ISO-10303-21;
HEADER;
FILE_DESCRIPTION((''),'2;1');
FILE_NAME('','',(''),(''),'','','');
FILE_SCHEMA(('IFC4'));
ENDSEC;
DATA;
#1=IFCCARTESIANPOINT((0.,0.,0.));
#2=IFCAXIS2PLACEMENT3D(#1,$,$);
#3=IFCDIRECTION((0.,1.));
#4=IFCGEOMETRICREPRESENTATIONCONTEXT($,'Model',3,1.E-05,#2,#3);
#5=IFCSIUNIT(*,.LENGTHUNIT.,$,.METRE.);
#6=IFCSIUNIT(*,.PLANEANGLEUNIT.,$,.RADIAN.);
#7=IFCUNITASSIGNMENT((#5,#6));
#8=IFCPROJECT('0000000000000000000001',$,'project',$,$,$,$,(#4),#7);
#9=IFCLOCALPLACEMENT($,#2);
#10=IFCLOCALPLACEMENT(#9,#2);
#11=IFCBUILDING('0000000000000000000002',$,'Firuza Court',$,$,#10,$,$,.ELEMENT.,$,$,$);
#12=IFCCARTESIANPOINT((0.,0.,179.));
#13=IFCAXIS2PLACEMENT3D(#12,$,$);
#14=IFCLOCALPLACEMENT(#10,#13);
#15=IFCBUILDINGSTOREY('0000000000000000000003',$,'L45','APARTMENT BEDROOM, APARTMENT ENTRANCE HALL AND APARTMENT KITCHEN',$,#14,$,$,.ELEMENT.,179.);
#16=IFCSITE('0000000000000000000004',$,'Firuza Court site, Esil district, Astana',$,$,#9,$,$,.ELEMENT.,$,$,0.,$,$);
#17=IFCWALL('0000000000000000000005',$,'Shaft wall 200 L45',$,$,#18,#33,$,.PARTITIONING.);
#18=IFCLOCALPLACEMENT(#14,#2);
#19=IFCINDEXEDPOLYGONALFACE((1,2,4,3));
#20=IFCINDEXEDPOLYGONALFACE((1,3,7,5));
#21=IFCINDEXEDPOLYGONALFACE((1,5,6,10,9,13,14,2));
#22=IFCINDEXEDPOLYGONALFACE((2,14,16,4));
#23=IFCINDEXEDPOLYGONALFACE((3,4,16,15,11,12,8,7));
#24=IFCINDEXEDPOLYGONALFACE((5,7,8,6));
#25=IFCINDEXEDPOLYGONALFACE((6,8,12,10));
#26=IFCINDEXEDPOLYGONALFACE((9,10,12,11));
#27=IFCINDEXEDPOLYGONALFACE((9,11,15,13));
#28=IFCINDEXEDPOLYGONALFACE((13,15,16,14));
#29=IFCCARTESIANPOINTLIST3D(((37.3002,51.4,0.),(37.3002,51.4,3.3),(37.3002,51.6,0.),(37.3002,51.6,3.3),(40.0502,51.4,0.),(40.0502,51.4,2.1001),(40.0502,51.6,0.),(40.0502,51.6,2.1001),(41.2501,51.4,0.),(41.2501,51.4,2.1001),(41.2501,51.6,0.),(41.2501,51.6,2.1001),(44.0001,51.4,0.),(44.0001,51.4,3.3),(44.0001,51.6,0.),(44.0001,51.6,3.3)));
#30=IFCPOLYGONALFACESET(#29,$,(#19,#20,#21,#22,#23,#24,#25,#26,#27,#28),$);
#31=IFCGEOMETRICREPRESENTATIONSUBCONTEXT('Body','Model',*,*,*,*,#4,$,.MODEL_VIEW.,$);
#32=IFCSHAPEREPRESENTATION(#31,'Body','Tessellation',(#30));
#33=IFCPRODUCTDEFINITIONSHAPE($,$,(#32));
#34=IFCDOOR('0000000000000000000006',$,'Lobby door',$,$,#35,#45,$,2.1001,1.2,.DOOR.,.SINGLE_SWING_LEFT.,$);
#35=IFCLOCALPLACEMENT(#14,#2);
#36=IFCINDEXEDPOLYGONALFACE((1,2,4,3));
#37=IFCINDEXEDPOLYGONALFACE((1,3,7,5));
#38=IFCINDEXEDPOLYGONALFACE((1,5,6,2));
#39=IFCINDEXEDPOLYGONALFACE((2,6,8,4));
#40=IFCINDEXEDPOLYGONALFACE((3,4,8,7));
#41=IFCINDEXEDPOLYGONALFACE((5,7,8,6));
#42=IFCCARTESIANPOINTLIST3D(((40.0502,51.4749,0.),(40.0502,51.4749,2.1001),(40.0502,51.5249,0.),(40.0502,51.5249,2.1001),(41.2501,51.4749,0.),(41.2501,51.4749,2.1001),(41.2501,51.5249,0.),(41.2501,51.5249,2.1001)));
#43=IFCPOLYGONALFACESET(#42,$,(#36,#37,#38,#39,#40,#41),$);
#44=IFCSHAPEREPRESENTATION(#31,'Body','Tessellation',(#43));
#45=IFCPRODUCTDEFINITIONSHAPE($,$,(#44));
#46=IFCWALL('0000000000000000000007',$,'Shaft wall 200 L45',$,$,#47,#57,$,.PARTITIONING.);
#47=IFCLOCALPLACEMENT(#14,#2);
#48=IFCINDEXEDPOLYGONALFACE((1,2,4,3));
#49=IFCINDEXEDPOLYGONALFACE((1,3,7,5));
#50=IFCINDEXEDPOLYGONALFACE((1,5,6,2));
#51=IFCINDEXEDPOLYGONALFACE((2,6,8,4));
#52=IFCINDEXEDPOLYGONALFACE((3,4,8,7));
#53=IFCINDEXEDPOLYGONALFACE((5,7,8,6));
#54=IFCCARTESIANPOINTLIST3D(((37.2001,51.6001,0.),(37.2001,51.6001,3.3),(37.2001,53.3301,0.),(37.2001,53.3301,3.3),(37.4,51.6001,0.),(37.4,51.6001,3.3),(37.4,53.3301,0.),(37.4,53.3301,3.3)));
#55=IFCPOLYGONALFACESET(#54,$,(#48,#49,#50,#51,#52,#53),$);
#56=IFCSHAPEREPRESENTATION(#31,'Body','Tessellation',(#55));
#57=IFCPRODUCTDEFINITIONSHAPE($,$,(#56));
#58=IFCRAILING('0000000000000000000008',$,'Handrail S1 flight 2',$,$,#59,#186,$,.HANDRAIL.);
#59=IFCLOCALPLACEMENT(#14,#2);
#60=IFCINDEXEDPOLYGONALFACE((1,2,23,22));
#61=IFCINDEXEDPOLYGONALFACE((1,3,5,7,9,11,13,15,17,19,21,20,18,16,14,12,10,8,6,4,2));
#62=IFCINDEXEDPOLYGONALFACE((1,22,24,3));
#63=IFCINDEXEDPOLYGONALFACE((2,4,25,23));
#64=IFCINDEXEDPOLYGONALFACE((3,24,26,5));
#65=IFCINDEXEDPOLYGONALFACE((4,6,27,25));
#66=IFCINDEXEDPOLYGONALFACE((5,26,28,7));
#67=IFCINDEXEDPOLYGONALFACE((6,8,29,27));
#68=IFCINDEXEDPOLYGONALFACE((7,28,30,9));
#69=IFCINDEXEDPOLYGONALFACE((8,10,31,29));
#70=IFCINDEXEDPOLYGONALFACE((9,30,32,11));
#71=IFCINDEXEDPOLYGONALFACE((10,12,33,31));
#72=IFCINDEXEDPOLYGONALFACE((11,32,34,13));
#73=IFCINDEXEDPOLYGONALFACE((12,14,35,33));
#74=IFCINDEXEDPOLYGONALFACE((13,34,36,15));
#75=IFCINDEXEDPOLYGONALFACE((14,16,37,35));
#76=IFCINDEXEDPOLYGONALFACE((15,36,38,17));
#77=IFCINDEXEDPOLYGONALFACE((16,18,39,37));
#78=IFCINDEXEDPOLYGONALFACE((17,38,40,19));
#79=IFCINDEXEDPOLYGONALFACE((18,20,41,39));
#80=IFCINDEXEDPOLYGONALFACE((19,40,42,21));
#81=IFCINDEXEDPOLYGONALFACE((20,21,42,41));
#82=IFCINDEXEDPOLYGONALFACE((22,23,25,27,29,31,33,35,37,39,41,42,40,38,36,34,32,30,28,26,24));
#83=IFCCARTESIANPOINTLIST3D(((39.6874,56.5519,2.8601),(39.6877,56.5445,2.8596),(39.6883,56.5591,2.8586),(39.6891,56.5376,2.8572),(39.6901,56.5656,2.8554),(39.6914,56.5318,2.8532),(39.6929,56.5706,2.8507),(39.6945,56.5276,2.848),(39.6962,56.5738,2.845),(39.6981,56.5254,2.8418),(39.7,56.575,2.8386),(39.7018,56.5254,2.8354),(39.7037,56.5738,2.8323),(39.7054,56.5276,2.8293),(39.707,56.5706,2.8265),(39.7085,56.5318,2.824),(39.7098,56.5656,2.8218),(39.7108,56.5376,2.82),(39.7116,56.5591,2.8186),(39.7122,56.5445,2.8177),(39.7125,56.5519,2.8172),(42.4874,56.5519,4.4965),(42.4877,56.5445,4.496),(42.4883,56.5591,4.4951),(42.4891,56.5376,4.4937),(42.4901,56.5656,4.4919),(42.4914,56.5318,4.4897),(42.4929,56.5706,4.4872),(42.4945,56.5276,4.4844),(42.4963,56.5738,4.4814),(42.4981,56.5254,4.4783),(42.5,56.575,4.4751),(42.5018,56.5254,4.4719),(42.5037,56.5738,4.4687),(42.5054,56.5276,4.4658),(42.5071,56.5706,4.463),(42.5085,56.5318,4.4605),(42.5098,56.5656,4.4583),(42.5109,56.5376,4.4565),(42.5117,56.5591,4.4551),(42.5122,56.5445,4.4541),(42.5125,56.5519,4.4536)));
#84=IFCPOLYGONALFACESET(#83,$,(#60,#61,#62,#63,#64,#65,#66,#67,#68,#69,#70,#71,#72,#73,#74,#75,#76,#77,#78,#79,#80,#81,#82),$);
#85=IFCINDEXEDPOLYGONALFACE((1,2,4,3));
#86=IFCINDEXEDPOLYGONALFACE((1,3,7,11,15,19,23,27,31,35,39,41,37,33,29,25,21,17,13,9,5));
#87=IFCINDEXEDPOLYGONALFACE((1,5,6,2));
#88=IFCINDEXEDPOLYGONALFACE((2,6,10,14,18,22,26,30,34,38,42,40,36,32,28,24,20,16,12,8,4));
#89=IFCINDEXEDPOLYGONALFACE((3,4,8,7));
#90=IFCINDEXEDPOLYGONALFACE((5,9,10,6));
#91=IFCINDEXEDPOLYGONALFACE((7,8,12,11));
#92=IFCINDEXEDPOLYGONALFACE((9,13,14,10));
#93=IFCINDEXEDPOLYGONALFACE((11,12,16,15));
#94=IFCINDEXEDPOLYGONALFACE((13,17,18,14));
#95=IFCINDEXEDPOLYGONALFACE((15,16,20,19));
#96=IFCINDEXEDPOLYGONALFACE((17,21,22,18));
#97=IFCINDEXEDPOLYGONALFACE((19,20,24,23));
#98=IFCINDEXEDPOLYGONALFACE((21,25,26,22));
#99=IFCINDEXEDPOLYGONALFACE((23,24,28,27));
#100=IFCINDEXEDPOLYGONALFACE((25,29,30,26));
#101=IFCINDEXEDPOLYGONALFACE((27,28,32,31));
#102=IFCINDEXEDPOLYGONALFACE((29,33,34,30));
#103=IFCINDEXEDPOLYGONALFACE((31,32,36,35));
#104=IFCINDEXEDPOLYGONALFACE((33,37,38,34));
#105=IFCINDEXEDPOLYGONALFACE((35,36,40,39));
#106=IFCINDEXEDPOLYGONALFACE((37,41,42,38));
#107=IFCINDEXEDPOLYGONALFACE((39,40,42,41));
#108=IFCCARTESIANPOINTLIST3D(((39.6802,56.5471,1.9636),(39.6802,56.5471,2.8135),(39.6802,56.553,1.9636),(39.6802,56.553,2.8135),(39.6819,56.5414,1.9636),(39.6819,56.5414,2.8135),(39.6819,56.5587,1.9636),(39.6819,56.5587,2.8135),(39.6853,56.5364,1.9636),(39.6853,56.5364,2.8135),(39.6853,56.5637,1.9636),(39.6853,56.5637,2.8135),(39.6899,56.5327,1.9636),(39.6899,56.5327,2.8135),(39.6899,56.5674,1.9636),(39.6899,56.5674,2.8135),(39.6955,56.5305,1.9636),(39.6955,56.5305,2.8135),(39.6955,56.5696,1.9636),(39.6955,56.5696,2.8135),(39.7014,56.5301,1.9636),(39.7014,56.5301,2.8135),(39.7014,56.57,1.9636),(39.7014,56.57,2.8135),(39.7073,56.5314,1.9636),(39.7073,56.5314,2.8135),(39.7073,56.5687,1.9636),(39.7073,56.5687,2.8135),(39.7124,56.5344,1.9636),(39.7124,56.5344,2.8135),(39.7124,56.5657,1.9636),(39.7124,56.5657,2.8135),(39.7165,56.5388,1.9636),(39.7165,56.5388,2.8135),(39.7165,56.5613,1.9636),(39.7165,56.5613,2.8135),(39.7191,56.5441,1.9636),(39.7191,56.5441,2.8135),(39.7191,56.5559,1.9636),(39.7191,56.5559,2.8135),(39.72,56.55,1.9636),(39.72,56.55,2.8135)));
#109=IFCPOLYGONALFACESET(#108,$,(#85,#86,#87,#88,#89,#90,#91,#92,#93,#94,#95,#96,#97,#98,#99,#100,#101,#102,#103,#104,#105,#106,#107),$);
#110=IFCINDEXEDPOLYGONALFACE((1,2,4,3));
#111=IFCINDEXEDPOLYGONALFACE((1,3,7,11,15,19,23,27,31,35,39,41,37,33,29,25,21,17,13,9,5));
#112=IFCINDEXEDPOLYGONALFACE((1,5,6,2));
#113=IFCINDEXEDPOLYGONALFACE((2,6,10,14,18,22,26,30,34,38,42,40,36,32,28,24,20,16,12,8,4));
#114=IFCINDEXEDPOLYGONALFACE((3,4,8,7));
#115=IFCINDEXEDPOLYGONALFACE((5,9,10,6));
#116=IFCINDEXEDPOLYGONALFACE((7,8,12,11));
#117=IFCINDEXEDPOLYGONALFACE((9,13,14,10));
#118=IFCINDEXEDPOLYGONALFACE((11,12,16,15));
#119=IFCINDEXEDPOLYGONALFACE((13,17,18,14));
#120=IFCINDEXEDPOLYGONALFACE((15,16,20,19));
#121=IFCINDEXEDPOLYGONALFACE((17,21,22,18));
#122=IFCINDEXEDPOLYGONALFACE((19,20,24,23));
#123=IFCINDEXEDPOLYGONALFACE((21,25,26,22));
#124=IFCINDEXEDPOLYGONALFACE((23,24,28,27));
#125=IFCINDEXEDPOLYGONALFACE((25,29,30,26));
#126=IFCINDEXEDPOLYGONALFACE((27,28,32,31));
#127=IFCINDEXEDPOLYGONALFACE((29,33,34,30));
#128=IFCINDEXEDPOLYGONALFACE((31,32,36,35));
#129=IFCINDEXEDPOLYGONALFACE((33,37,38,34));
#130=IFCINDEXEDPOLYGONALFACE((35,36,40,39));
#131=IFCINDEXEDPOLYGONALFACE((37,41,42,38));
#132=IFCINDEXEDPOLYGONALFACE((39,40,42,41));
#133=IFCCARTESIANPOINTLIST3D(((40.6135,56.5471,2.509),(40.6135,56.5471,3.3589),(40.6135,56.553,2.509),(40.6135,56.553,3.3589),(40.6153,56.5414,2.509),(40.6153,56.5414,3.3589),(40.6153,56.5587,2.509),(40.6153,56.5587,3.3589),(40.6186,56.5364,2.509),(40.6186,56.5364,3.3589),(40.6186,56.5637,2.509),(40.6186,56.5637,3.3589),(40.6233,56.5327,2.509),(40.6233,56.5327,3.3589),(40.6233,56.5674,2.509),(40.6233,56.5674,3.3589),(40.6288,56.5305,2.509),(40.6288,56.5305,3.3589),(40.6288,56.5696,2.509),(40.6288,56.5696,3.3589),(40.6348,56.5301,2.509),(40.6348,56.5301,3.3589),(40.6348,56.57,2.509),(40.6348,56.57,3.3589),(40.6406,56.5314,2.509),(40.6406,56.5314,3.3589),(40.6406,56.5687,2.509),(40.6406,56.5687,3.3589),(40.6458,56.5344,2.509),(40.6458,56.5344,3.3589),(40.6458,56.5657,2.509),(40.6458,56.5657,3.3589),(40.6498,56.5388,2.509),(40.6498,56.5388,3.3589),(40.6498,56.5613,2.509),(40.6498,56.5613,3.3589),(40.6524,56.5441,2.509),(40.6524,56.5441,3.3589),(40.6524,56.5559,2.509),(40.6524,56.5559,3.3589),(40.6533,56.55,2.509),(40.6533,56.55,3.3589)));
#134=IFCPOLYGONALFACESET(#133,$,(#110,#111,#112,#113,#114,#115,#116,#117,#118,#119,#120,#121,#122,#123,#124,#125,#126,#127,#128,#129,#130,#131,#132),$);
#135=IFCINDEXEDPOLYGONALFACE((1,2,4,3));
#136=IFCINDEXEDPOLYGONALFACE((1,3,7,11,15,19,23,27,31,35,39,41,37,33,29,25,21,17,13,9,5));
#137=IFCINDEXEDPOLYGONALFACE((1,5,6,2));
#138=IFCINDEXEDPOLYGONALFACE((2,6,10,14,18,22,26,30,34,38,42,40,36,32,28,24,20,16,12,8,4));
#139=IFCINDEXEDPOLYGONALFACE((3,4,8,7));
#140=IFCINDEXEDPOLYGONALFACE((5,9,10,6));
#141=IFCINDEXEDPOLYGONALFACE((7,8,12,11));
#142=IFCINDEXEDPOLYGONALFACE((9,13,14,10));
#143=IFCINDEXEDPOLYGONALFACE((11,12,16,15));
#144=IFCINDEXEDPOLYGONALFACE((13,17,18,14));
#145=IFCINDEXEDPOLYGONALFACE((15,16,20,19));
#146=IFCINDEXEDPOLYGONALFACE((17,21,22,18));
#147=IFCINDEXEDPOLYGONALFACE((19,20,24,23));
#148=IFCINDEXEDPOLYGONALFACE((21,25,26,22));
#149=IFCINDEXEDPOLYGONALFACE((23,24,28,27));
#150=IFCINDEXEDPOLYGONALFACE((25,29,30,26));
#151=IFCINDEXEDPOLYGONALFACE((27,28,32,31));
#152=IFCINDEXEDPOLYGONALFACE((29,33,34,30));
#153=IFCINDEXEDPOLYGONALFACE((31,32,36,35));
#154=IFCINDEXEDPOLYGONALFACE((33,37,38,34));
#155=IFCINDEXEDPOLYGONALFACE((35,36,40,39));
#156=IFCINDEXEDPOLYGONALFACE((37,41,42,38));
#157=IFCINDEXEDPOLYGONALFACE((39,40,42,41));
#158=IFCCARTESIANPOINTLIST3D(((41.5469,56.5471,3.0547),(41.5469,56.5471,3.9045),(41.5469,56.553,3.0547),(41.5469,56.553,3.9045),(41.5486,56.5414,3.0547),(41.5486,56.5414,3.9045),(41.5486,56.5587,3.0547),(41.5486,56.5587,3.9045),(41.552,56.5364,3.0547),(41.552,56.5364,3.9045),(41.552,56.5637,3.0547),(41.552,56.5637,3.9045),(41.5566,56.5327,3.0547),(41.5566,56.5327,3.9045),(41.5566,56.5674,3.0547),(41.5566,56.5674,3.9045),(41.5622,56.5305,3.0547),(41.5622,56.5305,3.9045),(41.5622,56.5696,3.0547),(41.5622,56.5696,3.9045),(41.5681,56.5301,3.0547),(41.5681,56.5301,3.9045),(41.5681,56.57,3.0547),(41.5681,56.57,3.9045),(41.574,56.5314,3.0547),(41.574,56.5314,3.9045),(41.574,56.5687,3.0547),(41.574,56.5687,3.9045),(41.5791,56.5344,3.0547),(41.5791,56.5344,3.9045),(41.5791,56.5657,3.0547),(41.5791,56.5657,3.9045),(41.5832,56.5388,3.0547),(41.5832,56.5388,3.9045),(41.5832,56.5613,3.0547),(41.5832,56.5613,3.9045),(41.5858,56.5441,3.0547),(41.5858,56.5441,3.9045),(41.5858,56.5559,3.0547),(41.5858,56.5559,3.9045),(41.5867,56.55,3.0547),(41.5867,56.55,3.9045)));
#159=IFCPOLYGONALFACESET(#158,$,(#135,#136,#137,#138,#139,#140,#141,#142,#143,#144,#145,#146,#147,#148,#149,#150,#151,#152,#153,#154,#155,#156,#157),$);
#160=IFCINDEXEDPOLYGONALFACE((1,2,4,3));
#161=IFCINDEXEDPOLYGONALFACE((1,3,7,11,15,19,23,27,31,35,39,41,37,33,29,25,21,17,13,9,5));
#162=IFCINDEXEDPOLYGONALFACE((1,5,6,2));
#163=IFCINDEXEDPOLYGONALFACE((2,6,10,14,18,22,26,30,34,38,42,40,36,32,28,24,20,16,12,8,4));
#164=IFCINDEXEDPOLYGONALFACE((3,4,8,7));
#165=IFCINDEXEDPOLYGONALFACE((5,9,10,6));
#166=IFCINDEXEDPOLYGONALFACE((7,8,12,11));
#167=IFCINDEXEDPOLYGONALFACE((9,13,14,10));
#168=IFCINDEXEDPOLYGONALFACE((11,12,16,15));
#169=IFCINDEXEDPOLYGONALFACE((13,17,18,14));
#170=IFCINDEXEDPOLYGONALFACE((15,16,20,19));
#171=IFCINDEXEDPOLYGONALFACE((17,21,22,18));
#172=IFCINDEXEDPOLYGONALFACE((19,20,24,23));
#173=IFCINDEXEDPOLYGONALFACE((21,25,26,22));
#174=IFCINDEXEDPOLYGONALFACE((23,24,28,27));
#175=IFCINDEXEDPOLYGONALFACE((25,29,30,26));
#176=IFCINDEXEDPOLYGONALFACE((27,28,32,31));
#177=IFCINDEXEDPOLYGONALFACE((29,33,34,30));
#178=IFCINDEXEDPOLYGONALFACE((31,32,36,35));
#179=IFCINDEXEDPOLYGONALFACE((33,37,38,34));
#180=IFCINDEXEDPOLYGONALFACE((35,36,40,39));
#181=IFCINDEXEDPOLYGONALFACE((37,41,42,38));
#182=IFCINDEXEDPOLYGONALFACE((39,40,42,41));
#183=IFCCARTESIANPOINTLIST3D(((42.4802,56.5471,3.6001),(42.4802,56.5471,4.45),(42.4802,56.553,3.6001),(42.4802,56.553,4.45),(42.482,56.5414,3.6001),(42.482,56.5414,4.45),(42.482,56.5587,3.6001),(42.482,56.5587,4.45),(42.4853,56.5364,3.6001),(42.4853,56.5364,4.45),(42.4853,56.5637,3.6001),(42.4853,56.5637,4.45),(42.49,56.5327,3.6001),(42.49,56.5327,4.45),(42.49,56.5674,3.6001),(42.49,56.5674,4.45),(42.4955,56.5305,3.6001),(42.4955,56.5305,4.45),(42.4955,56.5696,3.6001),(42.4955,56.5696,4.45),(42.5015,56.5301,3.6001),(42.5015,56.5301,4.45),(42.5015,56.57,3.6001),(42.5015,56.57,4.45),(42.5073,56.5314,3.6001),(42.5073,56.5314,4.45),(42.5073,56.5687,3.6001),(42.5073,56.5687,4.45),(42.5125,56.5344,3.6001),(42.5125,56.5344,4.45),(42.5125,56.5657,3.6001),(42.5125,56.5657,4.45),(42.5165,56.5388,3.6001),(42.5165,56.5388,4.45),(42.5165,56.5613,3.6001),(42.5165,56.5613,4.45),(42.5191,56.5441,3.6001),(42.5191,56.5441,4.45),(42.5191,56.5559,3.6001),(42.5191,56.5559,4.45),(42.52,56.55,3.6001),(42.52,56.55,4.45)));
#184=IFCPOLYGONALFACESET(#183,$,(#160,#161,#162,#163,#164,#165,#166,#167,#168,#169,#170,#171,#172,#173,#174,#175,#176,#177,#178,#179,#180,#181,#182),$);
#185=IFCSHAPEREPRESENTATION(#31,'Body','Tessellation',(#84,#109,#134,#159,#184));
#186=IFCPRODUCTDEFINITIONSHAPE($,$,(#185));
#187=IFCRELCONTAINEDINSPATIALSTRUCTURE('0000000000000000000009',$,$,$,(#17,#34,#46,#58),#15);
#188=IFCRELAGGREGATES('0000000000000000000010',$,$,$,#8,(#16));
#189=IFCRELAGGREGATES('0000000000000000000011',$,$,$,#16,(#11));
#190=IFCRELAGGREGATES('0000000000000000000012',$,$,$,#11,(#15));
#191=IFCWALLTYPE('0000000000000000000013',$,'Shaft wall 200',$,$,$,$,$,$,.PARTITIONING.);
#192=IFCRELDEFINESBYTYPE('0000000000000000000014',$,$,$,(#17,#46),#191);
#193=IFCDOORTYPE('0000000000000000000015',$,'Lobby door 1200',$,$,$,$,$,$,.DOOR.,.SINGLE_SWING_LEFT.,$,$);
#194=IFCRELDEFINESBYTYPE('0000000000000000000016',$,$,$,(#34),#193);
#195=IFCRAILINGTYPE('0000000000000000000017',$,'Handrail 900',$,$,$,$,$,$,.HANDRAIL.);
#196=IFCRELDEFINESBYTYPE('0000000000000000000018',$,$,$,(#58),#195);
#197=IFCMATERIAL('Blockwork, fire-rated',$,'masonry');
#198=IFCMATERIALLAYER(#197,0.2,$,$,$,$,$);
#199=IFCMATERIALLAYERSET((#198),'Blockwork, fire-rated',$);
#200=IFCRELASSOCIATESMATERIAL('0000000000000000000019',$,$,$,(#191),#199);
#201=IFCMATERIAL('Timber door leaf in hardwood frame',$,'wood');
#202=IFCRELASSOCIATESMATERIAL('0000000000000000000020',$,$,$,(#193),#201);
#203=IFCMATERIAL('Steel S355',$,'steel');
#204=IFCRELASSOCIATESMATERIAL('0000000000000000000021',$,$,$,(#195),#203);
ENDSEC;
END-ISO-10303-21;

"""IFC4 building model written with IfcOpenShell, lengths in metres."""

from ifc_helpers import new_model, si_unit, direction, frame, frame_2d, origin, origin_2d, place, context, subcontext, project, spatial, rectangle, circle, extrude, material, layer, layer_set, type_object, element, fill, save


model = new_model("IFC4")

# Units and contexts
model_context = context("Model", 3, precision=1e-05, world=origin(), true_north=direction((0.0, 1.0)))
body_context = subcontext(model_context, "Body", "Model", "MODEL_VIEW")
ifc_project = project(units=[si_unit("LENGTHUNIT", "METRE"), si_unit("PLANEANGLEUNIT", "RADIAN")], contexts=[model_context])

# Site, building, storey
site_placement = place(None, origin())
site = spatial("IfcSite", under=ifc_project, at=site_placement, Name="Firuza Court site, Esil district, Astana", CompositionType="ELEMENT", RefElevation=0.0)
building_placement = place(site_placement, origin())
building = spatial("IfcBuilding", under=site, at=building_placement, Name="Firuza Court", CompositionType="ELEMENT")
storey_placement = place(building_placement, frame((0.0, 0.0, 179.0)))
storey = spatial("IfcBuildingStorey", under=building, at=storey_placement, Name="L45", Description="APARTMENT BEDROOM, APARTMENT ENTRANCE HALL AND APARTMENT KITCHEN", CompositionType="ELEMENT", Elevation=179.0)

# Shared definitions
ifc_material_1 = material(Name="Blockwork, fire-rated", Category="masonry")

# Wall, opening, door
ifc_layer_1 = layer(ifc_material_1, 0.2)
ifc_layer_set_1 = layer_set([ifc_layer_1], Name="Blockwork, fire-rated")
wall_type_1 = type_object("IfcWallType", Name="Shaft wall 200", PredefinedType="PARTITIONING", material=ifc_layer_set_1)
wall_1_placement = place(storey_placement, frame((37.3, 51.5, 0.0), z_axis=(0.0, 0.0, 1.0), x_axis=(1.0, 0.0, 0.0)))
wall_1 = element("IfcWall", 1, at=wall_1_placement, inside=storey, type_object=wall_type_1, Name="Shaft wall 200 L45", PredefinedType="PARTITIONING", context=body_context, shape_type="SweptSolid", body=[
    extrude(rectangle(XDim=6.7, YDim=0.2, at=frame_2d((3.3501, 0.0))), origin(), (0.0, 0.0, 1.0), 3.3),
])
opening_1_placement = place(wall_1_placement, frame((2.75, 0.0, 0.0)))
opening_1 = element("IfcOpeningElement", 2, at=opening_1_placement, cuts=wall_1, PredefinedType="OPENING", context=body_context, shape_type="SweptSolid", body=[
    extrude(rectangle(XDim=1.2, YDim=2.1001, at=frame_2d((0.6001, 1.05))), frame((0.0, 0.1118, 0.0), z_axis=(0.0, -1.0, 0.0), x_axis=(1.0, 0.0, 0.0)), (0.0, 0.0, 1.0), 0.2239),
])
ifc_material_2 = material(Name="Timber door leaf in hardwood frame", Category="wood")
door_type_1 = type_object("IfcDoorType", Name="Lobby door 1200", OperationType="SINGLE_SWING_LEFT", PredefinedType="DOOR", material=ifc_material_2)
door_1_placement = place(opening_1_placement, origin())
door_1 = element("IfcDoor", 3, at=door_1_placement, inside=storey, type_object=door_type_1, Name="Lobby door", OperationType="SINGLE_SWING_LEFT", OverallHeight=2.1001, OverallWidth=1.2, PredefinedType="DOOR", context=body_context, shape_type="SweptSolid", body=[
    extrude(rectangle(XDim=1.2, YDim=2.1001, at=frame_2d((0.6001, 1.05))), frame((0.0, 0.0249, 0.0), z_axis=(0.0, -1.0, 0.0), x_axis=(1.0, 0.0, 0.0)), (0.0, 0.0, 1.0), 0.05),
])
fill(opening_1, door_1)

# Wall
wall_2_placement = place(storey_placement, frame((37.3, 51.6001, 0.0), z_axis=(0.0, 0.0, 1.0), x_axis=(0.0, 1.0, 0.0)))
element("IfcWall", 4, at=wall_2_placement, inside=storey, type_object=wall_type_1, Name="Shaft wall 200 L45", PredefinedType="PARTITIONING", context=body_context, shape_type="SweptSolid", body=[
    extrude(rectangle(XDim=1.73, YDim=0.2, at=frame_2d((0.865, 0.0))), origin(), (0.0, 0.0, 1.0), 3.3),
])

# Railing
ifc_material_3 = material(Name="Steel S355", Category="steel")
railing_type = type_object("IfcRailingType", Name="Handrail 900", PredefinedType="HANDRAIL", material=ifc_material_3)
railing_placement = place(storey_placement, frame((39.7, 56.55, 1.9636)))
element("IfcRailing", 5, at=railing_placement, inside=storey, type_object=railing_type, Name="Handrail S1 flight 2", PredefinedType="HANDRAIL", context=body_context, shape_type="SweptSolid", body=[
    extrude(circle(Radius=0.0249, at=origin_2d()), frame((0.0, 0.0, 0.875), z_axis=(0.863361, 0.0, 0.504587), x_axis=(0.0, 1.0, 0.0)), (0.0, 0.0, 1.0), 3.2432),
    extrude(circle(Radius=0.02, at=origin_2d()), origin(), (0.0, 0.0, 1.0), 0.8499),
    extrude(circle(Radius=0.02, at=origin_2d()), frame((0.9333, 0.0, 0.5454)), (0.0, 0.0, 1.0), 0.8499),
    extrude(circle(Radius=0.02, at=origin_2d()), frame((1.8667, 0.0, 1.0911)), (0.0, 0.0, 1.0), 0.8499),
    extrude(circle(Radius=0.02, at=origin_2d()), frame((2.8, 0.0, 1.6365)), (0.0, 0.0, 1.0), 0.8499),
])

save(model, "model.ifc")
